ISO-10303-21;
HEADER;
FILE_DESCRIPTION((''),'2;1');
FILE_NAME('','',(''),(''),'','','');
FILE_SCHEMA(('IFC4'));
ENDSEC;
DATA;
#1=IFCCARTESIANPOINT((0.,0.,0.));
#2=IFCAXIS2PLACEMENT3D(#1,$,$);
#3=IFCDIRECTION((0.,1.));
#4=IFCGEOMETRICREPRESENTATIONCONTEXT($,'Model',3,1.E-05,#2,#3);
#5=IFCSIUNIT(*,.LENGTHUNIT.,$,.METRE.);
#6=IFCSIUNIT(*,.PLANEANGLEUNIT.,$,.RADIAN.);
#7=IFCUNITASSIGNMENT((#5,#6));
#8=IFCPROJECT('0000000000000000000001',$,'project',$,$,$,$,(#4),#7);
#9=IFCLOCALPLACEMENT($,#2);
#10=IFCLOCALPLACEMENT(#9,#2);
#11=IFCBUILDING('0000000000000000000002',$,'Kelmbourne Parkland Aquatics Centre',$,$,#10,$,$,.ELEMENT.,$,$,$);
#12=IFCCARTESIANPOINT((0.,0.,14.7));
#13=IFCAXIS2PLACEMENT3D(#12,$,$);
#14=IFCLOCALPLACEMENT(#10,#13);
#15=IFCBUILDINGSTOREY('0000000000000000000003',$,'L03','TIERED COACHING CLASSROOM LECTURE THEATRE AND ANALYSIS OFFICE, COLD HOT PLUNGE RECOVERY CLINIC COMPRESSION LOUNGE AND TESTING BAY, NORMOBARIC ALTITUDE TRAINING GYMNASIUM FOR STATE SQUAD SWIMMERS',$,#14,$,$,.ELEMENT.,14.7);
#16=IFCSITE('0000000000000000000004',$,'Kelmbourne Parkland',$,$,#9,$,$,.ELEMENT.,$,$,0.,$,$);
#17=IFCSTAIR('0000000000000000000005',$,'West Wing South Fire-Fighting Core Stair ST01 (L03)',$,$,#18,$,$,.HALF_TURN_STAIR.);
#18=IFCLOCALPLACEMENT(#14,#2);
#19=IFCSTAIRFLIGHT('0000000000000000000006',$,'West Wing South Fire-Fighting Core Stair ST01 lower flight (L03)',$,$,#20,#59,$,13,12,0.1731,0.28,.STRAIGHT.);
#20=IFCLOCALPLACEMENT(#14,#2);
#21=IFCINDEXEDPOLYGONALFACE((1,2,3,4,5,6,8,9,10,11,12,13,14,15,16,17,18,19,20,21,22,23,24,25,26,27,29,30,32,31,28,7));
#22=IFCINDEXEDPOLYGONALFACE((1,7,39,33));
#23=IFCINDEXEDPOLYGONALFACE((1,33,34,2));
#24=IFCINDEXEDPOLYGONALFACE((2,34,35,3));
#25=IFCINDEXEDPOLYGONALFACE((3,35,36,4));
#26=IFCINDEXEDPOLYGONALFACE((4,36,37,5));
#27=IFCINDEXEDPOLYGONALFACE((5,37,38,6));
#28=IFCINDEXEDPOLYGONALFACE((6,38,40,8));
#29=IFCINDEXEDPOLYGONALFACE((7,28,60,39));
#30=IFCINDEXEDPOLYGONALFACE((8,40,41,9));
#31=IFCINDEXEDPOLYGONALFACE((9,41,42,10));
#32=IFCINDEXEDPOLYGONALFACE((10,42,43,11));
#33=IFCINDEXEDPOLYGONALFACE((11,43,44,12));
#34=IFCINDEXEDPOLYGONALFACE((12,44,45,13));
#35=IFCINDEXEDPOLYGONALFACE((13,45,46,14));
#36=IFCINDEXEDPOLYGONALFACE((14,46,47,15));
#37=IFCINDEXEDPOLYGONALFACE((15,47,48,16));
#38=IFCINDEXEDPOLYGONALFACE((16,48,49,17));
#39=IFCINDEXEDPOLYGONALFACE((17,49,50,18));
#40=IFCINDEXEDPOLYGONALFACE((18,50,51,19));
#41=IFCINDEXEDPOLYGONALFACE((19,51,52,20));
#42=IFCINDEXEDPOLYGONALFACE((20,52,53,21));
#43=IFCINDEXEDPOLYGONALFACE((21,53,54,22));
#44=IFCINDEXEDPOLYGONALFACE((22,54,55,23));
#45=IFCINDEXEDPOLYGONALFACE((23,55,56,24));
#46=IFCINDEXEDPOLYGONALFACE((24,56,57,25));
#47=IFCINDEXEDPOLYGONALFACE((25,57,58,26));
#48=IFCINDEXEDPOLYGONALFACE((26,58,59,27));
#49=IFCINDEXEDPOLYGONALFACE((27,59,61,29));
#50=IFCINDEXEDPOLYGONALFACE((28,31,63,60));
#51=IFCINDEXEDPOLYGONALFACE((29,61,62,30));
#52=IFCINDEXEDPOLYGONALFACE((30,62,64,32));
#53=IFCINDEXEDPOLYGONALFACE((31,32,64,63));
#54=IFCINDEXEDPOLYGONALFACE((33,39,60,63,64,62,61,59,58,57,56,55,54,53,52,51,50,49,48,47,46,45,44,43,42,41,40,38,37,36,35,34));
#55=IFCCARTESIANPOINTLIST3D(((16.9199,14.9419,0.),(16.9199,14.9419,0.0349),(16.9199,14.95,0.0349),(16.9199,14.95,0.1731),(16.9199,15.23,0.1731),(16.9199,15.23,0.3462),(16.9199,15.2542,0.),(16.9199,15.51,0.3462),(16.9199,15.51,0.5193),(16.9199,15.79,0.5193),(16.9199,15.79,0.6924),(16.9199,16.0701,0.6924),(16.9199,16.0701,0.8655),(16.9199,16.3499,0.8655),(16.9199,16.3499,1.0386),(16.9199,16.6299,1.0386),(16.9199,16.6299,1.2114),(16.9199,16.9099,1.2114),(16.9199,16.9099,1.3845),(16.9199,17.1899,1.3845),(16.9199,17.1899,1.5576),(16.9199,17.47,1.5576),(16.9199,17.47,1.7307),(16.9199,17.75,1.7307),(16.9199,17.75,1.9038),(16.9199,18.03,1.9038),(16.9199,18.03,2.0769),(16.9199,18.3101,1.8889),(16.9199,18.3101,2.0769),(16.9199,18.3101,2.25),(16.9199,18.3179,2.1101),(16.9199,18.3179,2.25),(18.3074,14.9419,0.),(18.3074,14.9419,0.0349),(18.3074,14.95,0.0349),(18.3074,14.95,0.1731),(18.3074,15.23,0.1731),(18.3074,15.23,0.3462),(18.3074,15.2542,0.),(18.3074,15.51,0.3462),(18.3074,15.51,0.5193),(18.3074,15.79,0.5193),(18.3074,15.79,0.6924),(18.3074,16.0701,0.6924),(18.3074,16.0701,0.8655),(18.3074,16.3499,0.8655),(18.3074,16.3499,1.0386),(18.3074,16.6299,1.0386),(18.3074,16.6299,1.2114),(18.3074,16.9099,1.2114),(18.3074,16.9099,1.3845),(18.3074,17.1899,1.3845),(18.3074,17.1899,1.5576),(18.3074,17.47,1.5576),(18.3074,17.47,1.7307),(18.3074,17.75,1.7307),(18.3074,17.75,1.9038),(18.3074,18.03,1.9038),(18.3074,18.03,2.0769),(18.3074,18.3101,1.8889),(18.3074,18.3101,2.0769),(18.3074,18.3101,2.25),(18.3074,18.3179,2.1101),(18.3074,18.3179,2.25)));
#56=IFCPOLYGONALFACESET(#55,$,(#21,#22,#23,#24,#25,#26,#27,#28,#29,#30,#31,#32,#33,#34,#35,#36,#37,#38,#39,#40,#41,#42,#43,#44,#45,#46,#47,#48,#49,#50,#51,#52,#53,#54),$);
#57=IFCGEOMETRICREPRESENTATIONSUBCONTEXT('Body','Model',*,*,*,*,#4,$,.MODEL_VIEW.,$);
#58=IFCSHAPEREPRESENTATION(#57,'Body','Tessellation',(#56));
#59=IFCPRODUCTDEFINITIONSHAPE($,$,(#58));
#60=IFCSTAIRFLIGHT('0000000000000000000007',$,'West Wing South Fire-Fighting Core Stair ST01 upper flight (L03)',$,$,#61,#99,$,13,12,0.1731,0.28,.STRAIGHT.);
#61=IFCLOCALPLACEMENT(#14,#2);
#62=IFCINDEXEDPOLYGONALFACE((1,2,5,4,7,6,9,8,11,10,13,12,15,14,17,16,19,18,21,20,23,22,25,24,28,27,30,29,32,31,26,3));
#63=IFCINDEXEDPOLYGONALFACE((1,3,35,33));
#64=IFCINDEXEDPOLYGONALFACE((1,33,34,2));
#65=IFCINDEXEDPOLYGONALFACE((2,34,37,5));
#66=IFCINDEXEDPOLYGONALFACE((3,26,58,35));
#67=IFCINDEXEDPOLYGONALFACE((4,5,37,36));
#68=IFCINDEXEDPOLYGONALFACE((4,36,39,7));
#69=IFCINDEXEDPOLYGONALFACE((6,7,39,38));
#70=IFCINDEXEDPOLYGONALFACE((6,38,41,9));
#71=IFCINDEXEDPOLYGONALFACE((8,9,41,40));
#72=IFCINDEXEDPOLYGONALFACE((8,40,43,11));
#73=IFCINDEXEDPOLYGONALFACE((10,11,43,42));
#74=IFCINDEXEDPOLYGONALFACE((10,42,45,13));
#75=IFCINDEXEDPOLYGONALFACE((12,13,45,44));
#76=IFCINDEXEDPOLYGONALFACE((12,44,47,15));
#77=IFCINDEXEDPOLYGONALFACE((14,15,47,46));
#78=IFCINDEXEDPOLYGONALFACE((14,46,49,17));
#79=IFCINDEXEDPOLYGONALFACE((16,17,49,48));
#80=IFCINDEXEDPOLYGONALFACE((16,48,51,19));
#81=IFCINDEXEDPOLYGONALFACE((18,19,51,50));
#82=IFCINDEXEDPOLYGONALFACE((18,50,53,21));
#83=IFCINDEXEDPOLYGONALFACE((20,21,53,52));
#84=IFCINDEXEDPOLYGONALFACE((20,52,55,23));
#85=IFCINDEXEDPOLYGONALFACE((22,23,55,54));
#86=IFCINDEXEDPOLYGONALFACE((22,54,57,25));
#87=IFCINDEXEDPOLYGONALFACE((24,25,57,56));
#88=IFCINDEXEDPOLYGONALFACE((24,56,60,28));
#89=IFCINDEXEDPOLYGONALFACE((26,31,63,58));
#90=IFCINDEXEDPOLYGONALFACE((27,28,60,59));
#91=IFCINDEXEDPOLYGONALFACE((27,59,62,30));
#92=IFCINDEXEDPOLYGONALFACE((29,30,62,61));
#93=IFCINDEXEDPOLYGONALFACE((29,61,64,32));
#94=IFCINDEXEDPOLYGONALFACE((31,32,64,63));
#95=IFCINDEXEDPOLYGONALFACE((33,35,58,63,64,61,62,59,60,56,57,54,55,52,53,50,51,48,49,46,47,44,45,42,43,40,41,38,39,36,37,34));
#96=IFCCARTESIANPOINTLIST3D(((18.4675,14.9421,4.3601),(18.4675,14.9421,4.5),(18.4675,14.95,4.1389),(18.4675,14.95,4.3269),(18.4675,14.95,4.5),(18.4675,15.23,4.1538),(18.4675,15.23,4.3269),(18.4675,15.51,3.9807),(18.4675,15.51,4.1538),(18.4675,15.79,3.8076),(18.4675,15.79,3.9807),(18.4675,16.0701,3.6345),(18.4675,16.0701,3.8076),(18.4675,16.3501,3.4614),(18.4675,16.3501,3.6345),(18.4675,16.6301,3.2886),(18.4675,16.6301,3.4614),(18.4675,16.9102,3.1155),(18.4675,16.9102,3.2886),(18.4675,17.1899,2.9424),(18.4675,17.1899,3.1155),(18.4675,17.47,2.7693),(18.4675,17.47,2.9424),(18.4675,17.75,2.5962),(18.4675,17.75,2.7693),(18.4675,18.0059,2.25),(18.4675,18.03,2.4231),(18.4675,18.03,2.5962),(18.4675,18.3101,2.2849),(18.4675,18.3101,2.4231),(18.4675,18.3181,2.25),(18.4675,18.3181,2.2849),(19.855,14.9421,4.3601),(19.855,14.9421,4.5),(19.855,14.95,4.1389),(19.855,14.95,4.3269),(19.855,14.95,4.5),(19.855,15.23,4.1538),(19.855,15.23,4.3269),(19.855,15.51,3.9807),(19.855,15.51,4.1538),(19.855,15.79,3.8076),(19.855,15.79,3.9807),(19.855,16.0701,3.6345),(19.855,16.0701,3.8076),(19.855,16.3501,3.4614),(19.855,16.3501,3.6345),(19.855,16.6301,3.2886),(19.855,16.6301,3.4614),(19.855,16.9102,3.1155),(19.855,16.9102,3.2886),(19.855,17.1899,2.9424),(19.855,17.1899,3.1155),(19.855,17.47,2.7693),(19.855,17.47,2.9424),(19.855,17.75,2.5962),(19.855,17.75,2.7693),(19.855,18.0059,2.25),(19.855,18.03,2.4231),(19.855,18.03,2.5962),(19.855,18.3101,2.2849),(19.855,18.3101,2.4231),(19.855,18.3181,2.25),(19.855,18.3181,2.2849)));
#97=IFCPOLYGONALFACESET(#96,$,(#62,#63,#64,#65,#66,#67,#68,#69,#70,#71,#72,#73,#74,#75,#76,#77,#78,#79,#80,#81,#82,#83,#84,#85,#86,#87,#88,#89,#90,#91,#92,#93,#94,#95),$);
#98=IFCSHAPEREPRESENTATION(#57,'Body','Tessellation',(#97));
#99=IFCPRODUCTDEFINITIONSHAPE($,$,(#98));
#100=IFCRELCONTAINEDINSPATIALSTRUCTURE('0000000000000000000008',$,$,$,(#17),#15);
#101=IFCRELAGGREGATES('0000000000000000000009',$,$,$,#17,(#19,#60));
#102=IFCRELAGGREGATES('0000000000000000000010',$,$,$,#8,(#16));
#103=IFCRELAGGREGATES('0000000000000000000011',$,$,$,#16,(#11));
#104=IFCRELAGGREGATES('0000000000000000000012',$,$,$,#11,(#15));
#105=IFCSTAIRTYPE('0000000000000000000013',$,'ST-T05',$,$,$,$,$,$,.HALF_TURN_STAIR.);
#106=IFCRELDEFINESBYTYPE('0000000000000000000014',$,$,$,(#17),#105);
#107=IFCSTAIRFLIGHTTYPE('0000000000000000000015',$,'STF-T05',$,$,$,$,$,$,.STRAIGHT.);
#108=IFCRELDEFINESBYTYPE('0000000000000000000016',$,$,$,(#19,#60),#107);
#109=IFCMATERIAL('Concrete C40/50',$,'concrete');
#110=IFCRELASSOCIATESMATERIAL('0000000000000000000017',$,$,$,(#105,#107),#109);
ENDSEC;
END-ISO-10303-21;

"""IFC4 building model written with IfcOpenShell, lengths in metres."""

from ifc_helpers import new_model, si_unit, direction, frame, origin, place, context, subcontext, project, spatial, polyline, outline, extrude, material, type_object, element, aggregate, save


model = new_model("IFC4")

# Units and contexts
model_context = context("Model", 3, precision=1e-05, world=origin(), true_north=direction((0.0, 1.0)))
body_context = subcontext(model_context, "Body", "Model", "MODEL_VIEW")
ifc_project = project(units=[si_unit("LENGTHUNIT", "METRE"), si_unit("PLANEANGLEUNIT", "RADIAN")], contexts=[model_context])

# Site, building, storey
site_placement = place(None, origin())
site = spatial("IfcSite", under=ifc_project, at=site_placement, Name="Kelmbourne Parkland", CompositionType="ELEMENT", RefElevation=0.0)
building_placement = place(site_placement, origin())
building = spatial("IfcBuilding", under=site, at=building_placement, Name="Kelmbourne Parkland Aquatics Centre", CompositionType="ELEMENT")
storey_placement = place(building_placement, frame((0.0, 0.0, 14.7)))
storey = spatial("IfcBuildingStorey", under=building, at=storey_placement, Name="L03", Description="TIERED COACHING CLASSROOM LECTURE THEATRE AND ANALYSIS OFFICE, COLD HOT PLUNGE RECOVERY CLINIC COMPRESSION LOUNGE AND TESTING BAY, NORMOBARIC ALTITUDE TRAINING GYMNASIUM FOR STATE SQUAD SWIMMERS", CompositionType="ELEMENT", Elevation=14.7)

# Shared definitions
ifc_material_1 = material(Name="Concrete C40/50", Category="concrete")

# Stair, stair flights
stair_type = type_object("IfcStairType", Name="ST-T05", PredefinedType="HALF_TURN_STAIR", material=ifc_material_1)
stair_placement = place(storey_placement, origin())
stair = element("IfcStair", 1, at=stair_placement, inside=storey, type_object=stair_type, Name="West Wing South Fire-Fighting Core Stair ST01 (L03)", PredefinedType="HALF_TURN_STAIR")
stair_flight_type = type_object("IfcStairFlightType", Name="STF-T05", PredefinedType="STRAIGHT", material=ifc_material_1)
stair_flight_1_placement = place(storey_placement, frame((17.6138, 14.95, 0.0), z_axis=(0.0, 0.0, 1.0), x_axis=(0.0, 1.0, 0.0)))
stair_flight_1 = element("IfcStairFlight", 2, at=stair_flight_1_placement, type_object=stair_flight_type, Name="West Wing South Fire-Fighting Core Stair ST01 lower flight (L03)", NumberOfRisers=13, NumberOfTreads=12, PredefinedType="STRAIGHT", RiserHeight=0.1731, TreadLength=0.28, context=body_context, shape_type="SweptSolid", body=[
    extrude(outline(polyline([(-0.0081, 0.0), (-0.0081, 0.0349), (0.0, 0.0349), (0.0, 0.1731), (0.28, 0.1731), (0.28, 0.3462), (0.5601, 0.3462), (0.5601, 0.5193), (0.8401, 0.5193), (0.8401, 0.6924), (1.1201, 0.6924), (1.1201, 0.8655), (1.3999, 0.8655), (1.3999, 1.0386), (1.6799, 1.0386), (1.6799, 1.2114), (1.96, 1.2114), (1.96, 1.3845), (2.24, 1.3845), (2.24, 1.5576), (2.52, 1.5576), (2.52, 1.7307), (2.8, 1.7307), (2.8, 1.9038), (3.0801, 1.9038), (3.0801, 2.0769), (3.3601, 2.0769), (3.3601, 2.25), (3.3679, 2.25), (3.3679, 2.1101), (3.3601, 1.8889), (0.3042, 0.0), (-0.0081, 0.0)])), frame((0.0, 0.6938, 0.0), z_axis=(0.0, -1.0, 0.0), x_axis=(1.0, 0.0, 0.0)), (0.0, 0.0, 1.0), 1.3875),
])
stair_flight_2_placement = place(storey_placement, frame((19.1611, 18.3101, 2.25), z_axis=(0.0, 0.0, 1.0), x_axis=(0.0, -1.0, 0.0)))
stair_flight_2 = element("IfcStairFlight", 3, at=stair_flight_2_placement, type_object=stair_flight_type, Name="West Wing South Fire-Fighting Core Stair ST01 upper flight (L03)", NumberOfRisers=13, NumberOfTreads=12, PredefinedType="STRAIGHT", RiserHeight=0.1731, TreadLength=0.28, context=body_context, shape_type="SweptSolid", body=[
    extrude(outline(polyline([(-0.0081, 0.0), (-0.0081, 0.0349), (0.0, 0.0349), (0.0, 0.1731), (0.28, 0.1731), (0.28, 0.3462), (0.5601, 0.3462), (0.5601, 0.5193), (0.8401, 0.5193), (0.8401, 0.6924), (1.1201, 0.6924), (1.1201, 0.8655), (1.3999, 0.8655), (1.3999, 1.0386), (1.6799, 1.0386), (1.6799, 1.2114), (1.96, 1.2114), (1.96, 1.3845), (2.24, 1.3845), (2.24, 1.5576), (2.52, 1.5576), (2.52, 1.7307), (2.8, 1.7307), (2.8, 1.9038), (3.0801, 1.9038), (3.0801, 2.0769), (3.3601, 2.0769), (3.3601, 2.25), (3.3679, 2.25), (3.3679, 2.1101), (3.3601, 1.8889), (0.3042, 0.0), (-0.0081, 0.0)])), frame((0.0, 0.6938, 0.0), z_axis=(0.0, -1.0, 0.0), x_axis=(1.0, 0.0, 0.0)), (0.0, 0.0, 1.0), 1.3875),
])
aggregate(stair, [stair_flight_1, stair_flight_2])

save(model, "model.ifc")
